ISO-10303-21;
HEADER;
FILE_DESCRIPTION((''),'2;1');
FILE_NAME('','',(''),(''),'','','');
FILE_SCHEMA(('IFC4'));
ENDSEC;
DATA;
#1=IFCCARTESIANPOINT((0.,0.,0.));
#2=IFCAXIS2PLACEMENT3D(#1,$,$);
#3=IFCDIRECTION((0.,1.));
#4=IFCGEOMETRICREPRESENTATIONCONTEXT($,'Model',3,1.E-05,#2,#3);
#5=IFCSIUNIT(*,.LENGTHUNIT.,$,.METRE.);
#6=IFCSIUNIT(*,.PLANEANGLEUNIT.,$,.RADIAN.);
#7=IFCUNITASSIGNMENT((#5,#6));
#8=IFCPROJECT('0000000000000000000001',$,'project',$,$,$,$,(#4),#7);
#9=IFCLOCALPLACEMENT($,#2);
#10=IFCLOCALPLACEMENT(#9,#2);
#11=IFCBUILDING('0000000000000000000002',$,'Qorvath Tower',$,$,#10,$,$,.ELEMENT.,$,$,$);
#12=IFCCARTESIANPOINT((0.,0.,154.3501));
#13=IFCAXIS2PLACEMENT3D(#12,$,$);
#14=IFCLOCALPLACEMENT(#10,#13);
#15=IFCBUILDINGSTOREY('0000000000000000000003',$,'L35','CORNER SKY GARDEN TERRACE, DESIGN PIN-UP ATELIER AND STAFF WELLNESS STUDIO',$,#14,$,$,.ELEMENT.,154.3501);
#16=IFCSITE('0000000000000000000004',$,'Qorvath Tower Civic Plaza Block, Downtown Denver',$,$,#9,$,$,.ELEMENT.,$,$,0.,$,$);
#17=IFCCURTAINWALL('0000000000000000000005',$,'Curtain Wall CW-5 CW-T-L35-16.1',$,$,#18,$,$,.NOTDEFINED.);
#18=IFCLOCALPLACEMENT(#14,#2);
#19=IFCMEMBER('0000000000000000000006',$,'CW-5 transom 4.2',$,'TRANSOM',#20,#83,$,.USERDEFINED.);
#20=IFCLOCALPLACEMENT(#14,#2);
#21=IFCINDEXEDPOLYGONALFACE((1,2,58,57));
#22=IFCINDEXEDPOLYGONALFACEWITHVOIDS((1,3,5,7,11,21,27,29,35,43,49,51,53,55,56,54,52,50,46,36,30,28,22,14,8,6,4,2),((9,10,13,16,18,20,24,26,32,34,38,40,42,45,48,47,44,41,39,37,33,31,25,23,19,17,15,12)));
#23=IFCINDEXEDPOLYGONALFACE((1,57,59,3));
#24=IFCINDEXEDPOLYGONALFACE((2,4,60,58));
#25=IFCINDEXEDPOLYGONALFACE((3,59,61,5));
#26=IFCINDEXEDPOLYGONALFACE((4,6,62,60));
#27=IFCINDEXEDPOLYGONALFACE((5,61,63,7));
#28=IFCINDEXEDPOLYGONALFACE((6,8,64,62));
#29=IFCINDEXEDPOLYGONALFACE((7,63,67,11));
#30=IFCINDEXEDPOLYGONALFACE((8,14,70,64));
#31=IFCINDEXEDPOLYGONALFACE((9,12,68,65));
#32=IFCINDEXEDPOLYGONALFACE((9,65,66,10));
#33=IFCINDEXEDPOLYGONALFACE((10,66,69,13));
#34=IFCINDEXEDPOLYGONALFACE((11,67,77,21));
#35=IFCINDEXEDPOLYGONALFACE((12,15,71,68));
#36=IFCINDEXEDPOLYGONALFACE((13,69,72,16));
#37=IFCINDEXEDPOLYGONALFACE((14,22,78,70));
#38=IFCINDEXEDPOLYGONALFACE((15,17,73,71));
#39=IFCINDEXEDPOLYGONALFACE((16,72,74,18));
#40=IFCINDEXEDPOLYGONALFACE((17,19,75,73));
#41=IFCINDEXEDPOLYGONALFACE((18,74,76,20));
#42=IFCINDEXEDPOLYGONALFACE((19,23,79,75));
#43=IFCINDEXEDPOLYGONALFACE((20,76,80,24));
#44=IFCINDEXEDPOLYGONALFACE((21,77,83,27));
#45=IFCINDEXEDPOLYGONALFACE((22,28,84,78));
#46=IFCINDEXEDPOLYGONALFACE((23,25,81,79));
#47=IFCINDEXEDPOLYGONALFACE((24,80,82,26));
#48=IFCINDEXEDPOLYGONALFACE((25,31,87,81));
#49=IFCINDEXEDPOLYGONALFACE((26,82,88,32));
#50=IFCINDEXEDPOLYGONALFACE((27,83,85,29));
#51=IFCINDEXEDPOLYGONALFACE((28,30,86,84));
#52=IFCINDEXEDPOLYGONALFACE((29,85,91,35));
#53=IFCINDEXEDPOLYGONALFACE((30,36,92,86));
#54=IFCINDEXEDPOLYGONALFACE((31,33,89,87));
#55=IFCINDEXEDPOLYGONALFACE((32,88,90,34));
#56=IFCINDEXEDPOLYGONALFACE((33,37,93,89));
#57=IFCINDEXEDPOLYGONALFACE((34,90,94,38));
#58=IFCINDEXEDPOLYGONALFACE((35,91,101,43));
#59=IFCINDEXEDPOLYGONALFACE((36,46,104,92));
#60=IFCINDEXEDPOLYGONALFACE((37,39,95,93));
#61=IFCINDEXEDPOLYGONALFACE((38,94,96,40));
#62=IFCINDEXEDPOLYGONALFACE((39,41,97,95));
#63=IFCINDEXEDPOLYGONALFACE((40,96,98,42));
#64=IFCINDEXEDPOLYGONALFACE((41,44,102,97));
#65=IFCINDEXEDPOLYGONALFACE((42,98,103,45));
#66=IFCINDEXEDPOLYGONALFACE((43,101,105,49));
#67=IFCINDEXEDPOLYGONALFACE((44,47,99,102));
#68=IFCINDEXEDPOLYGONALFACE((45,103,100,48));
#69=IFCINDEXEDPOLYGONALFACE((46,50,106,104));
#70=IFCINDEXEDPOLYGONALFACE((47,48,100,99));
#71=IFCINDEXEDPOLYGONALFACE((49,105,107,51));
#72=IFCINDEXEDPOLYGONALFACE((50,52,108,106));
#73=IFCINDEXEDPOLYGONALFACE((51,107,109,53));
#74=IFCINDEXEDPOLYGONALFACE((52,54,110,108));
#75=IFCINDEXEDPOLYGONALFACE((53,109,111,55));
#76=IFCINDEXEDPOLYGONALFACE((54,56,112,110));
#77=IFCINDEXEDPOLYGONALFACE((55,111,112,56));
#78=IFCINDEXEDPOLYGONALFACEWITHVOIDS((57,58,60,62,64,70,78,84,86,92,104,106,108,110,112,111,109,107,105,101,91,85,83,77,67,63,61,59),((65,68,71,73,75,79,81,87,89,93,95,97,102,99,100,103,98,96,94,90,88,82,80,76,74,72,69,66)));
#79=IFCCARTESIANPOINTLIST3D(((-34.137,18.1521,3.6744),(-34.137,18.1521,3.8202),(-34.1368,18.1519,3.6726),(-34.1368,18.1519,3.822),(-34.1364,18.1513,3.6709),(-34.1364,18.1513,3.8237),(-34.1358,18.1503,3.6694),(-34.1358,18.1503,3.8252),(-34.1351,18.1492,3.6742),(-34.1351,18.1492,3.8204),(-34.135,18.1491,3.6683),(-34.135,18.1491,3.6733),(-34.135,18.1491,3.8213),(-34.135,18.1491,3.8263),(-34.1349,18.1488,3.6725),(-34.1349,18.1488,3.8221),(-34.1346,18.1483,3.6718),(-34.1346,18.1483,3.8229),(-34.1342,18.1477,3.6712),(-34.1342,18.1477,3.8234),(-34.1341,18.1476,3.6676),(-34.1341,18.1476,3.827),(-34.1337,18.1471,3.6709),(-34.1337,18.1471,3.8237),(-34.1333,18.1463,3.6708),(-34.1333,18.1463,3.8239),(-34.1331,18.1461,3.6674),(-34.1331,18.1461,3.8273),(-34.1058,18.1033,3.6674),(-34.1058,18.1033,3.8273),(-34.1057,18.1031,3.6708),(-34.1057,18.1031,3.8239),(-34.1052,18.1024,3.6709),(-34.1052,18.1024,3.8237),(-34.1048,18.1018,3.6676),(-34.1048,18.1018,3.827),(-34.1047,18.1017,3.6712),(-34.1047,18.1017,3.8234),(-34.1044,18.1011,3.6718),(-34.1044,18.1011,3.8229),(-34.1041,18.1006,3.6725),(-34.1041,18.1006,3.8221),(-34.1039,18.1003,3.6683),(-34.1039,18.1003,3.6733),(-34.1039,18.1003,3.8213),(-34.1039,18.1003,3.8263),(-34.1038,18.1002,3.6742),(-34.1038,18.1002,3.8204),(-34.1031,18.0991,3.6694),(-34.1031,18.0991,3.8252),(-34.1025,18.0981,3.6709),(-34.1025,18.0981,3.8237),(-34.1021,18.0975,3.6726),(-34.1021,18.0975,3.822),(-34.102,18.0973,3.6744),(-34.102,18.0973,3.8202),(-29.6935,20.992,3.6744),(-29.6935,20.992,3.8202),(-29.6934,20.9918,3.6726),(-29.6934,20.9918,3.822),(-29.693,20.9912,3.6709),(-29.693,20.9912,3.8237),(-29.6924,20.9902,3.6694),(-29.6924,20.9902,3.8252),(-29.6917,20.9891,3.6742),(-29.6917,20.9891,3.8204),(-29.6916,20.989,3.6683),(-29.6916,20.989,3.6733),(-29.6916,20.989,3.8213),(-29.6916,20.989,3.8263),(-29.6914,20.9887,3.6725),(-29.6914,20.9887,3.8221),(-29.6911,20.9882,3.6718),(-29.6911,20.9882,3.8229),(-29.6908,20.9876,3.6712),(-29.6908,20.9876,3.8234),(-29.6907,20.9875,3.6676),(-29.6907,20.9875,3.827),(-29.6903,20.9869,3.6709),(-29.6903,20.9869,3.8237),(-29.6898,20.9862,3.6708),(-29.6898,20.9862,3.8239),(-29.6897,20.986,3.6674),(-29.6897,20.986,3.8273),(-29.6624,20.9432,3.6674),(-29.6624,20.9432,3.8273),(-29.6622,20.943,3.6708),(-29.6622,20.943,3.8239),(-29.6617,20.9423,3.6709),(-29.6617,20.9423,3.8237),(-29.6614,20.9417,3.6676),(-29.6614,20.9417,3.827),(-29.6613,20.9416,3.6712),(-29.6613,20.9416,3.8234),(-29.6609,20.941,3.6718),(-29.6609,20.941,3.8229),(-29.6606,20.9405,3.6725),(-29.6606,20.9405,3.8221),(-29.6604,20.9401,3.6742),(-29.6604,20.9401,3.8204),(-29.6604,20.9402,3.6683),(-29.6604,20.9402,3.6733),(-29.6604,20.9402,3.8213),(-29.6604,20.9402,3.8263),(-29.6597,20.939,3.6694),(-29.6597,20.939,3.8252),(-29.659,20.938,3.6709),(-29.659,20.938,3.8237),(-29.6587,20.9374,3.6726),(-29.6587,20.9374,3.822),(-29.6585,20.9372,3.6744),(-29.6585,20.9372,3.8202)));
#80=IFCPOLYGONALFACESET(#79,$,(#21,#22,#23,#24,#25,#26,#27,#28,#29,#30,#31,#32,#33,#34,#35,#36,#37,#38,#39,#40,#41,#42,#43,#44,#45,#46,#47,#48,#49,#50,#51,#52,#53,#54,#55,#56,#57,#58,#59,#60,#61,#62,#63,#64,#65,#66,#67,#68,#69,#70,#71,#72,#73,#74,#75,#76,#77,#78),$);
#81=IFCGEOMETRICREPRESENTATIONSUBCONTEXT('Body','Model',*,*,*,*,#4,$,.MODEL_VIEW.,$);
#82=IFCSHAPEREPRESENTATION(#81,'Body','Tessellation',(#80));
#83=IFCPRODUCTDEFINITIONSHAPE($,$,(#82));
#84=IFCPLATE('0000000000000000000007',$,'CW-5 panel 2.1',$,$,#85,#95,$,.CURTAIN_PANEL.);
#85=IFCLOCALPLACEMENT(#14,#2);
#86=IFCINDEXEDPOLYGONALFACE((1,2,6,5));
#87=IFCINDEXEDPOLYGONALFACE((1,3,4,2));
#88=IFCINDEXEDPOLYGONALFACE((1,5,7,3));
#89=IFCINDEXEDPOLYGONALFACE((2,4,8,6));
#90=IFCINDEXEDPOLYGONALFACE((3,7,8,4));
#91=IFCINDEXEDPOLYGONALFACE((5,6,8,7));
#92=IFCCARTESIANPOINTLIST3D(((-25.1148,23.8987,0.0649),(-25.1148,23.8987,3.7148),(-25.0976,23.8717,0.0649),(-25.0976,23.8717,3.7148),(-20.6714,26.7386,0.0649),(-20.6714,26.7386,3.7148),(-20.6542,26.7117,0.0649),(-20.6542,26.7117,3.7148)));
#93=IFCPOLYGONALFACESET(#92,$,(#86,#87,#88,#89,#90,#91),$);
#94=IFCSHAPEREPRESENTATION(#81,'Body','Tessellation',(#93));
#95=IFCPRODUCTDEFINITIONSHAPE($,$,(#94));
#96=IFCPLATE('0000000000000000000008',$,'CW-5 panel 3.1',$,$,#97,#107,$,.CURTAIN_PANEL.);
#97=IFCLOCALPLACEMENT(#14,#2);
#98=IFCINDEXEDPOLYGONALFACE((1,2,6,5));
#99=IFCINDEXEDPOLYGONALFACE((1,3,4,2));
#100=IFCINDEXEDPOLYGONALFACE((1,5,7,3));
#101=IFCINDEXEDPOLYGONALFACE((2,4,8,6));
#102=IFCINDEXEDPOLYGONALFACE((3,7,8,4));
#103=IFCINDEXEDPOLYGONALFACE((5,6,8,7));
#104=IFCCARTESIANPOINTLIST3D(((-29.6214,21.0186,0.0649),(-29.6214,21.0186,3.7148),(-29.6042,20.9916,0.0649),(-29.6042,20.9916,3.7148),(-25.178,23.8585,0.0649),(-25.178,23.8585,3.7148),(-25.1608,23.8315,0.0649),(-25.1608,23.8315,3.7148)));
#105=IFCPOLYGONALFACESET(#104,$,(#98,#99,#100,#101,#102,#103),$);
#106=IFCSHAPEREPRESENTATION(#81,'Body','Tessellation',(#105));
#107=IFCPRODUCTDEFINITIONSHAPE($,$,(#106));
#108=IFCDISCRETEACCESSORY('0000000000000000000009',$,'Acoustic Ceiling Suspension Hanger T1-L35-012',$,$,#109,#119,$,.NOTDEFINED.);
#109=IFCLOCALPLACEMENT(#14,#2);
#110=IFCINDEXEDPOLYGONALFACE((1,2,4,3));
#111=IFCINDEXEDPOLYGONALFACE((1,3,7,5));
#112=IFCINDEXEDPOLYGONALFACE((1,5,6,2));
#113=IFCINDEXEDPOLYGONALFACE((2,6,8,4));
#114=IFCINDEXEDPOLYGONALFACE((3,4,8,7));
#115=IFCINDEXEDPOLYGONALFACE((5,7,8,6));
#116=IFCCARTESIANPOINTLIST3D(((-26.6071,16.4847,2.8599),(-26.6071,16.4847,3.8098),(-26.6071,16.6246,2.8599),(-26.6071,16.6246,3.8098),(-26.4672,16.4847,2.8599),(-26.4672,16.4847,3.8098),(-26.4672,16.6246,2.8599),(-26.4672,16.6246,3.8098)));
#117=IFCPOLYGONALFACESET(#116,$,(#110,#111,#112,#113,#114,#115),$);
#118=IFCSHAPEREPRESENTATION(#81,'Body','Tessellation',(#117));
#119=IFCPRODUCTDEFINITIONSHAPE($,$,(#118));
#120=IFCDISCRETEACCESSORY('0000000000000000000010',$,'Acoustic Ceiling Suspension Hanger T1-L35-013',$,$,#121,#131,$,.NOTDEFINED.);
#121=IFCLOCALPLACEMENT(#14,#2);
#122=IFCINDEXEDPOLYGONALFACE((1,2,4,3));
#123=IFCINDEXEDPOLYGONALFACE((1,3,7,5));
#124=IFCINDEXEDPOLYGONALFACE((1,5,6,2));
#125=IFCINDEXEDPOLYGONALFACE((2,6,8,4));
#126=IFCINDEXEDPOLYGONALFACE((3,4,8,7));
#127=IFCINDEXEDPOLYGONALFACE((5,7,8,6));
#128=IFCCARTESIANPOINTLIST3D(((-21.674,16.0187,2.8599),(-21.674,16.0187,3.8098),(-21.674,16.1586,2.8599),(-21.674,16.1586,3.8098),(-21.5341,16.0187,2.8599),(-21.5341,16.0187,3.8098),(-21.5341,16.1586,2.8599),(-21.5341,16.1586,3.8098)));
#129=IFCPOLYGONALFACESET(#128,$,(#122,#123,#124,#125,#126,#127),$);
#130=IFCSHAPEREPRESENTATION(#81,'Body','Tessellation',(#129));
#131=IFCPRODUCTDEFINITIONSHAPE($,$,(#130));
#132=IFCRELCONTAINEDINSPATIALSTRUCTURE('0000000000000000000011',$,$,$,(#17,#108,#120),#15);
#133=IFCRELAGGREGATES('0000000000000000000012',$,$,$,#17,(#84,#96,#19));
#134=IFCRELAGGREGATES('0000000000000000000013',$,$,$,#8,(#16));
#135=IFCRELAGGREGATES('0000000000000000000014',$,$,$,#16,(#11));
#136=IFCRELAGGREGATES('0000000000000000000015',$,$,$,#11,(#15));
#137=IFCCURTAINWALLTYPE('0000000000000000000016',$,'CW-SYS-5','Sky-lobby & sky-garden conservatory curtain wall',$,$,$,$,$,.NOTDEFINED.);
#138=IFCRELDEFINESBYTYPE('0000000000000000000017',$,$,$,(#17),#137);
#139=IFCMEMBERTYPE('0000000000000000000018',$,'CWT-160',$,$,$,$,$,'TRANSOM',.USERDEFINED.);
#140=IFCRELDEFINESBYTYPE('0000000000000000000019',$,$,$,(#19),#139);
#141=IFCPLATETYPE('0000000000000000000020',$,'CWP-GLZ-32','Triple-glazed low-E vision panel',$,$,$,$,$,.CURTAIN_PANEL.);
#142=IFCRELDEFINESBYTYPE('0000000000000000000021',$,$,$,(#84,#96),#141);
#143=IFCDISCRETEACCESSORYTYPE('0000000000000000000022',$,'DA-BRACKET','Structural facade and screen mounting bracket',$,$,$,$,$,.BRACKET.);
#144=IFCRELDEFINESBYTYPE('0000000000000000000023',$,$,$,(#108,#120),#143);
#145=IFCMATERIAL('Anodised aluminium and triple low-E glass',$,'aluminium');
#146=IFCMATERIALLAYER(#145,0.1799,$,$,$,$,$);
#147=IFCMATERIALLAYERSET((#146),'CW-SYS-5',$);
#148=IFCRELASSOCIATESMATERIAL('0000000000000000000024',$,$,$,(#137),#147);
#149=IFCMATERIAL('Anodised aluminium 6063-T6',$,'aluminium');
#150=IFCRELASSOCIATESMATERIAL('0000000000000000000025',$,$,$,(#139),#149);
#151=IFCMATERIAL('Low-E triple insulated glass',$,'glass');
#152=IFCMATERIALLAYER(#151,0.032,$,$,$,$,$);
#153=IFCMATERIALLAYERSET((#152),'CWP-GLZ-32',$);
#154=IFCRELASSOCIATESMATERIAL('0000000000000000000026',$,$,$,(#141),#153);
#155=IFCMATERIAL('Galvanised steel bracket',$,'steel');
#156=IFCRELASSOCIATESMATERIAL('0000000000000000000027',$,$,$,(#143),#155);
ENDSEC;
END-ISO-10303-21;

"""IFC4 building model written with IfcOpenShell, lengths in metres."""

from ifc_helpers import new_model, si_unit, direction, frame, origin, origin_2d, place, context, subcontext, project, spatial, rectangle, hollow_rectangle, extrude, material, layer, layer_set, material_profile, profile_set, type_object, element, aggregate, save


model = new_model("IFC4")

# Units and contexts
model_context = context("Model", 3, precision=1e-05, world=origin(), true_north=direction((0.0, 1.0)))
body_context = subcontext(model_context, "Body", "Model", "MODEL_VIEW")
ifc_project = project(units=[si_unit("LENGTHUNIT", "METRE"), si_unit("PLANEANGLEUNIT", "RADIAN")], contexts=[model_context])

# Site, building, storey
site_placement = place(None, origin())
site = spatial("IfcSite", under=ifc_project, at=site_placement, Name="Qorvath Tower Civic Plaza Block, Downtown Denver", CompositionType="ELEMENT", RefElevation=0.0)
building_placement = place(site_placement, origin())
building = spatial("IfcBuilding", under=site, at=building_placement, Name="Qorvath Tower", CompositionType="ELEMENT")
storey_placement = place(building_placement, frame((0.0, 0.0, 154.3501)))
storey = spatial("IfcBuildingStorey", under=building, at=storey_placement, Name="L35", Description="CORNER SKY GARDEN TERRACE, DESIGN PIN-UP ATELIER AND STAFF WELLNESS STUDIO", CompositionType="ELEMENT", Elevation=154.3501)

# Curtain wall, member, plates
ifc_material_1 = material(Name="Anodised aluminium and triple low-E glass", Category="aluminium")
ifc_layer_1 = layer(ifc_material_1, 0.1799)
ifc_layer_set_1 = layer_set([ifc_layer_1], Name="CW-SYS-5")
curtain_wall_type = type_object("IfcCurtainWallType", Name="CW-SYS-5", Description="Sky-lobby & sky-garden conservatory curtain wall", PredefinedType="NOTDEFINED", material=ifc_layer_set_1)
curtain_wall_placement = place(storey_placement, origin())
curtain_wall = element("IfcCurtainWall", 1, at=curtain_wall_placement, inside=storey, type_object=curtain_wall_type, Name="Curtain Wall CW-5 CW-T-L35-16.1", PredefinedType="NOTDEFINED")
ifc_material_2 = material(Name="Anodised aluminium 6063-T6", Category="aluminium")
ifc_material_profile_1 = material_profile(ifc_material_2, hollow_rectangle(XDim=0.0649, YDim=0.1599, WallThickness=0.0034, InnerFilletRadius=0.0034, OuterFilletRadius=0.0071, at=origin_2d()), Name="CWT 160x65")
ifc_profile_set_1 = profile_set([ifc_material_profile_1], Name="Anodised aluminium 6063-T6")
member_type_1 = type_object("IfcMemberType", Name="CWT-160", ElementType="TRANSOM", PredefinedType="USERDEFINED", material=ifc_profile_set_1)
member_1_placement = place(storey_placement, frame((-29.676, 20.9646, 3.7473), z_axis=(-0.842608, -0.538528, 0.0), x_axis=(0.538528, -0.842608, 0.0)))
member_1 = element("IfcMember", 2, at=member_1_placement, type_object=member_type_1, Name="CW-5 transom 4.2", ObjectType="TRANSOM", PredefinedType="USERDEFINED", context=body_context, shape_type="SweptSolid", body=[
    extrude(hollow_rectangle(XDim=0.0649, YDim=0.1599, WallThickness=0.0034, InnerFilletRadius=0.0034, OuterFilletRadius=0.0071, at=origin_2d()), origin(), (0.0, 0.0, 1.0), 5.2734),
])
ifc_material_3 = material(Name="Low-E triple insulated glass", Category="glass")
ifc_layer_2 = layer(ifc_material_3, 0.032)
ifc_layer_set_2 = layer_set([ifc_layer_2], Name="CWP-GLZ-32")
plate_type = type_object("IfcPlateType", Name="CWP-GLZ-32", Description="Triple-glazed low-E vision panel", PredefinedType="CURTAIN_PANEL", material=ifc_layer_set_2)
plate_1_placement = place(storey_placement, frame((-22.8845, 25.3052, 0.0649), z_axis=(0.0, 0.0, 1.0), x_axis=(-0.842603, -0.538535, 0.0)))
plate_1 = element("IfcPlate", 3, at=plate_1_placement, type_object=plate_type, Name="CW-5 panel 2.1", PredefinedType="CURTAIN_PANEL", context=body_context, shape_type="SweptSolid", body=[
    extrude(rectangle(XDim=5.2734, YDim=0.032, at=origin_2d()), origin(), (0.0, 0.0, 1.0), 3.6499),
])
plate_2_placement = place(storey_placement, frame((-27.3911, 22.425, 0.0649), z_axis=(0.0, 0.0, 1.0), x_axis=(-0.842603, -0.538535, 0.0)))
plate_2 = element("IfcPlate", 4, at=plate_2_placement, type_object=plate_type, Name="CW-5 panel 3.1", PredefinedType="CURTAIN_PANEL", context=body_context, shape_type="SweptSolid", body=[
    extrude(rectangle(XDim=5.2734, YDim=0.032, at=origin_2d()), origin(), (0.0, 0.0, 1.0), 3.6499),
])
aggregate(curtain_wall, [plate_1, plate_2, member_1])

# Discrete accessories
ifc_material_4 = material(Name="Galvanised steel bracket", Category="steel")
discrete_accessory_type = type_object("IfcDiscreteAccessoryType", Name="DA-BRACKET", Description="Structural facade and screen mounting bracket", PredefinedType="BRACKET", material=ifc_material_4)
for number, where, z_axis, x_axis, name in (
    (5, (-26.5371, 16.5547, 2.8599), (0.0, 0.0, 1.0), (1.0, 0.0, 0.0), "Acoustic Ceiling Suspension Hanger T1-L35-012"),
    (6, (-21.604, 16.0886, 2.8599), (0.0, 0.0, 1.0), (1.0, 0.0, 0.0), "Acoustic Ceiling Suspension Hanger T1-L35-013"),
):
    element("IfcDiscreteAccessory", number, at=place(storey_placement, frame(where, z_axis=z_axis, x_axis=x_axis)), inside=storey, type_object=discrete_accessory_type, Name=name, PredefinedType="NOTDEFINED", context=body_context, shape_type="SweptSolid", body=[
        extrude(rectangle(XDim=0.1399, YDim=0.1399, at=origin_2d()), origin(), (0.0, 0.0, 1.0), 0.95),
    ])

save(model, "model.ifc")
